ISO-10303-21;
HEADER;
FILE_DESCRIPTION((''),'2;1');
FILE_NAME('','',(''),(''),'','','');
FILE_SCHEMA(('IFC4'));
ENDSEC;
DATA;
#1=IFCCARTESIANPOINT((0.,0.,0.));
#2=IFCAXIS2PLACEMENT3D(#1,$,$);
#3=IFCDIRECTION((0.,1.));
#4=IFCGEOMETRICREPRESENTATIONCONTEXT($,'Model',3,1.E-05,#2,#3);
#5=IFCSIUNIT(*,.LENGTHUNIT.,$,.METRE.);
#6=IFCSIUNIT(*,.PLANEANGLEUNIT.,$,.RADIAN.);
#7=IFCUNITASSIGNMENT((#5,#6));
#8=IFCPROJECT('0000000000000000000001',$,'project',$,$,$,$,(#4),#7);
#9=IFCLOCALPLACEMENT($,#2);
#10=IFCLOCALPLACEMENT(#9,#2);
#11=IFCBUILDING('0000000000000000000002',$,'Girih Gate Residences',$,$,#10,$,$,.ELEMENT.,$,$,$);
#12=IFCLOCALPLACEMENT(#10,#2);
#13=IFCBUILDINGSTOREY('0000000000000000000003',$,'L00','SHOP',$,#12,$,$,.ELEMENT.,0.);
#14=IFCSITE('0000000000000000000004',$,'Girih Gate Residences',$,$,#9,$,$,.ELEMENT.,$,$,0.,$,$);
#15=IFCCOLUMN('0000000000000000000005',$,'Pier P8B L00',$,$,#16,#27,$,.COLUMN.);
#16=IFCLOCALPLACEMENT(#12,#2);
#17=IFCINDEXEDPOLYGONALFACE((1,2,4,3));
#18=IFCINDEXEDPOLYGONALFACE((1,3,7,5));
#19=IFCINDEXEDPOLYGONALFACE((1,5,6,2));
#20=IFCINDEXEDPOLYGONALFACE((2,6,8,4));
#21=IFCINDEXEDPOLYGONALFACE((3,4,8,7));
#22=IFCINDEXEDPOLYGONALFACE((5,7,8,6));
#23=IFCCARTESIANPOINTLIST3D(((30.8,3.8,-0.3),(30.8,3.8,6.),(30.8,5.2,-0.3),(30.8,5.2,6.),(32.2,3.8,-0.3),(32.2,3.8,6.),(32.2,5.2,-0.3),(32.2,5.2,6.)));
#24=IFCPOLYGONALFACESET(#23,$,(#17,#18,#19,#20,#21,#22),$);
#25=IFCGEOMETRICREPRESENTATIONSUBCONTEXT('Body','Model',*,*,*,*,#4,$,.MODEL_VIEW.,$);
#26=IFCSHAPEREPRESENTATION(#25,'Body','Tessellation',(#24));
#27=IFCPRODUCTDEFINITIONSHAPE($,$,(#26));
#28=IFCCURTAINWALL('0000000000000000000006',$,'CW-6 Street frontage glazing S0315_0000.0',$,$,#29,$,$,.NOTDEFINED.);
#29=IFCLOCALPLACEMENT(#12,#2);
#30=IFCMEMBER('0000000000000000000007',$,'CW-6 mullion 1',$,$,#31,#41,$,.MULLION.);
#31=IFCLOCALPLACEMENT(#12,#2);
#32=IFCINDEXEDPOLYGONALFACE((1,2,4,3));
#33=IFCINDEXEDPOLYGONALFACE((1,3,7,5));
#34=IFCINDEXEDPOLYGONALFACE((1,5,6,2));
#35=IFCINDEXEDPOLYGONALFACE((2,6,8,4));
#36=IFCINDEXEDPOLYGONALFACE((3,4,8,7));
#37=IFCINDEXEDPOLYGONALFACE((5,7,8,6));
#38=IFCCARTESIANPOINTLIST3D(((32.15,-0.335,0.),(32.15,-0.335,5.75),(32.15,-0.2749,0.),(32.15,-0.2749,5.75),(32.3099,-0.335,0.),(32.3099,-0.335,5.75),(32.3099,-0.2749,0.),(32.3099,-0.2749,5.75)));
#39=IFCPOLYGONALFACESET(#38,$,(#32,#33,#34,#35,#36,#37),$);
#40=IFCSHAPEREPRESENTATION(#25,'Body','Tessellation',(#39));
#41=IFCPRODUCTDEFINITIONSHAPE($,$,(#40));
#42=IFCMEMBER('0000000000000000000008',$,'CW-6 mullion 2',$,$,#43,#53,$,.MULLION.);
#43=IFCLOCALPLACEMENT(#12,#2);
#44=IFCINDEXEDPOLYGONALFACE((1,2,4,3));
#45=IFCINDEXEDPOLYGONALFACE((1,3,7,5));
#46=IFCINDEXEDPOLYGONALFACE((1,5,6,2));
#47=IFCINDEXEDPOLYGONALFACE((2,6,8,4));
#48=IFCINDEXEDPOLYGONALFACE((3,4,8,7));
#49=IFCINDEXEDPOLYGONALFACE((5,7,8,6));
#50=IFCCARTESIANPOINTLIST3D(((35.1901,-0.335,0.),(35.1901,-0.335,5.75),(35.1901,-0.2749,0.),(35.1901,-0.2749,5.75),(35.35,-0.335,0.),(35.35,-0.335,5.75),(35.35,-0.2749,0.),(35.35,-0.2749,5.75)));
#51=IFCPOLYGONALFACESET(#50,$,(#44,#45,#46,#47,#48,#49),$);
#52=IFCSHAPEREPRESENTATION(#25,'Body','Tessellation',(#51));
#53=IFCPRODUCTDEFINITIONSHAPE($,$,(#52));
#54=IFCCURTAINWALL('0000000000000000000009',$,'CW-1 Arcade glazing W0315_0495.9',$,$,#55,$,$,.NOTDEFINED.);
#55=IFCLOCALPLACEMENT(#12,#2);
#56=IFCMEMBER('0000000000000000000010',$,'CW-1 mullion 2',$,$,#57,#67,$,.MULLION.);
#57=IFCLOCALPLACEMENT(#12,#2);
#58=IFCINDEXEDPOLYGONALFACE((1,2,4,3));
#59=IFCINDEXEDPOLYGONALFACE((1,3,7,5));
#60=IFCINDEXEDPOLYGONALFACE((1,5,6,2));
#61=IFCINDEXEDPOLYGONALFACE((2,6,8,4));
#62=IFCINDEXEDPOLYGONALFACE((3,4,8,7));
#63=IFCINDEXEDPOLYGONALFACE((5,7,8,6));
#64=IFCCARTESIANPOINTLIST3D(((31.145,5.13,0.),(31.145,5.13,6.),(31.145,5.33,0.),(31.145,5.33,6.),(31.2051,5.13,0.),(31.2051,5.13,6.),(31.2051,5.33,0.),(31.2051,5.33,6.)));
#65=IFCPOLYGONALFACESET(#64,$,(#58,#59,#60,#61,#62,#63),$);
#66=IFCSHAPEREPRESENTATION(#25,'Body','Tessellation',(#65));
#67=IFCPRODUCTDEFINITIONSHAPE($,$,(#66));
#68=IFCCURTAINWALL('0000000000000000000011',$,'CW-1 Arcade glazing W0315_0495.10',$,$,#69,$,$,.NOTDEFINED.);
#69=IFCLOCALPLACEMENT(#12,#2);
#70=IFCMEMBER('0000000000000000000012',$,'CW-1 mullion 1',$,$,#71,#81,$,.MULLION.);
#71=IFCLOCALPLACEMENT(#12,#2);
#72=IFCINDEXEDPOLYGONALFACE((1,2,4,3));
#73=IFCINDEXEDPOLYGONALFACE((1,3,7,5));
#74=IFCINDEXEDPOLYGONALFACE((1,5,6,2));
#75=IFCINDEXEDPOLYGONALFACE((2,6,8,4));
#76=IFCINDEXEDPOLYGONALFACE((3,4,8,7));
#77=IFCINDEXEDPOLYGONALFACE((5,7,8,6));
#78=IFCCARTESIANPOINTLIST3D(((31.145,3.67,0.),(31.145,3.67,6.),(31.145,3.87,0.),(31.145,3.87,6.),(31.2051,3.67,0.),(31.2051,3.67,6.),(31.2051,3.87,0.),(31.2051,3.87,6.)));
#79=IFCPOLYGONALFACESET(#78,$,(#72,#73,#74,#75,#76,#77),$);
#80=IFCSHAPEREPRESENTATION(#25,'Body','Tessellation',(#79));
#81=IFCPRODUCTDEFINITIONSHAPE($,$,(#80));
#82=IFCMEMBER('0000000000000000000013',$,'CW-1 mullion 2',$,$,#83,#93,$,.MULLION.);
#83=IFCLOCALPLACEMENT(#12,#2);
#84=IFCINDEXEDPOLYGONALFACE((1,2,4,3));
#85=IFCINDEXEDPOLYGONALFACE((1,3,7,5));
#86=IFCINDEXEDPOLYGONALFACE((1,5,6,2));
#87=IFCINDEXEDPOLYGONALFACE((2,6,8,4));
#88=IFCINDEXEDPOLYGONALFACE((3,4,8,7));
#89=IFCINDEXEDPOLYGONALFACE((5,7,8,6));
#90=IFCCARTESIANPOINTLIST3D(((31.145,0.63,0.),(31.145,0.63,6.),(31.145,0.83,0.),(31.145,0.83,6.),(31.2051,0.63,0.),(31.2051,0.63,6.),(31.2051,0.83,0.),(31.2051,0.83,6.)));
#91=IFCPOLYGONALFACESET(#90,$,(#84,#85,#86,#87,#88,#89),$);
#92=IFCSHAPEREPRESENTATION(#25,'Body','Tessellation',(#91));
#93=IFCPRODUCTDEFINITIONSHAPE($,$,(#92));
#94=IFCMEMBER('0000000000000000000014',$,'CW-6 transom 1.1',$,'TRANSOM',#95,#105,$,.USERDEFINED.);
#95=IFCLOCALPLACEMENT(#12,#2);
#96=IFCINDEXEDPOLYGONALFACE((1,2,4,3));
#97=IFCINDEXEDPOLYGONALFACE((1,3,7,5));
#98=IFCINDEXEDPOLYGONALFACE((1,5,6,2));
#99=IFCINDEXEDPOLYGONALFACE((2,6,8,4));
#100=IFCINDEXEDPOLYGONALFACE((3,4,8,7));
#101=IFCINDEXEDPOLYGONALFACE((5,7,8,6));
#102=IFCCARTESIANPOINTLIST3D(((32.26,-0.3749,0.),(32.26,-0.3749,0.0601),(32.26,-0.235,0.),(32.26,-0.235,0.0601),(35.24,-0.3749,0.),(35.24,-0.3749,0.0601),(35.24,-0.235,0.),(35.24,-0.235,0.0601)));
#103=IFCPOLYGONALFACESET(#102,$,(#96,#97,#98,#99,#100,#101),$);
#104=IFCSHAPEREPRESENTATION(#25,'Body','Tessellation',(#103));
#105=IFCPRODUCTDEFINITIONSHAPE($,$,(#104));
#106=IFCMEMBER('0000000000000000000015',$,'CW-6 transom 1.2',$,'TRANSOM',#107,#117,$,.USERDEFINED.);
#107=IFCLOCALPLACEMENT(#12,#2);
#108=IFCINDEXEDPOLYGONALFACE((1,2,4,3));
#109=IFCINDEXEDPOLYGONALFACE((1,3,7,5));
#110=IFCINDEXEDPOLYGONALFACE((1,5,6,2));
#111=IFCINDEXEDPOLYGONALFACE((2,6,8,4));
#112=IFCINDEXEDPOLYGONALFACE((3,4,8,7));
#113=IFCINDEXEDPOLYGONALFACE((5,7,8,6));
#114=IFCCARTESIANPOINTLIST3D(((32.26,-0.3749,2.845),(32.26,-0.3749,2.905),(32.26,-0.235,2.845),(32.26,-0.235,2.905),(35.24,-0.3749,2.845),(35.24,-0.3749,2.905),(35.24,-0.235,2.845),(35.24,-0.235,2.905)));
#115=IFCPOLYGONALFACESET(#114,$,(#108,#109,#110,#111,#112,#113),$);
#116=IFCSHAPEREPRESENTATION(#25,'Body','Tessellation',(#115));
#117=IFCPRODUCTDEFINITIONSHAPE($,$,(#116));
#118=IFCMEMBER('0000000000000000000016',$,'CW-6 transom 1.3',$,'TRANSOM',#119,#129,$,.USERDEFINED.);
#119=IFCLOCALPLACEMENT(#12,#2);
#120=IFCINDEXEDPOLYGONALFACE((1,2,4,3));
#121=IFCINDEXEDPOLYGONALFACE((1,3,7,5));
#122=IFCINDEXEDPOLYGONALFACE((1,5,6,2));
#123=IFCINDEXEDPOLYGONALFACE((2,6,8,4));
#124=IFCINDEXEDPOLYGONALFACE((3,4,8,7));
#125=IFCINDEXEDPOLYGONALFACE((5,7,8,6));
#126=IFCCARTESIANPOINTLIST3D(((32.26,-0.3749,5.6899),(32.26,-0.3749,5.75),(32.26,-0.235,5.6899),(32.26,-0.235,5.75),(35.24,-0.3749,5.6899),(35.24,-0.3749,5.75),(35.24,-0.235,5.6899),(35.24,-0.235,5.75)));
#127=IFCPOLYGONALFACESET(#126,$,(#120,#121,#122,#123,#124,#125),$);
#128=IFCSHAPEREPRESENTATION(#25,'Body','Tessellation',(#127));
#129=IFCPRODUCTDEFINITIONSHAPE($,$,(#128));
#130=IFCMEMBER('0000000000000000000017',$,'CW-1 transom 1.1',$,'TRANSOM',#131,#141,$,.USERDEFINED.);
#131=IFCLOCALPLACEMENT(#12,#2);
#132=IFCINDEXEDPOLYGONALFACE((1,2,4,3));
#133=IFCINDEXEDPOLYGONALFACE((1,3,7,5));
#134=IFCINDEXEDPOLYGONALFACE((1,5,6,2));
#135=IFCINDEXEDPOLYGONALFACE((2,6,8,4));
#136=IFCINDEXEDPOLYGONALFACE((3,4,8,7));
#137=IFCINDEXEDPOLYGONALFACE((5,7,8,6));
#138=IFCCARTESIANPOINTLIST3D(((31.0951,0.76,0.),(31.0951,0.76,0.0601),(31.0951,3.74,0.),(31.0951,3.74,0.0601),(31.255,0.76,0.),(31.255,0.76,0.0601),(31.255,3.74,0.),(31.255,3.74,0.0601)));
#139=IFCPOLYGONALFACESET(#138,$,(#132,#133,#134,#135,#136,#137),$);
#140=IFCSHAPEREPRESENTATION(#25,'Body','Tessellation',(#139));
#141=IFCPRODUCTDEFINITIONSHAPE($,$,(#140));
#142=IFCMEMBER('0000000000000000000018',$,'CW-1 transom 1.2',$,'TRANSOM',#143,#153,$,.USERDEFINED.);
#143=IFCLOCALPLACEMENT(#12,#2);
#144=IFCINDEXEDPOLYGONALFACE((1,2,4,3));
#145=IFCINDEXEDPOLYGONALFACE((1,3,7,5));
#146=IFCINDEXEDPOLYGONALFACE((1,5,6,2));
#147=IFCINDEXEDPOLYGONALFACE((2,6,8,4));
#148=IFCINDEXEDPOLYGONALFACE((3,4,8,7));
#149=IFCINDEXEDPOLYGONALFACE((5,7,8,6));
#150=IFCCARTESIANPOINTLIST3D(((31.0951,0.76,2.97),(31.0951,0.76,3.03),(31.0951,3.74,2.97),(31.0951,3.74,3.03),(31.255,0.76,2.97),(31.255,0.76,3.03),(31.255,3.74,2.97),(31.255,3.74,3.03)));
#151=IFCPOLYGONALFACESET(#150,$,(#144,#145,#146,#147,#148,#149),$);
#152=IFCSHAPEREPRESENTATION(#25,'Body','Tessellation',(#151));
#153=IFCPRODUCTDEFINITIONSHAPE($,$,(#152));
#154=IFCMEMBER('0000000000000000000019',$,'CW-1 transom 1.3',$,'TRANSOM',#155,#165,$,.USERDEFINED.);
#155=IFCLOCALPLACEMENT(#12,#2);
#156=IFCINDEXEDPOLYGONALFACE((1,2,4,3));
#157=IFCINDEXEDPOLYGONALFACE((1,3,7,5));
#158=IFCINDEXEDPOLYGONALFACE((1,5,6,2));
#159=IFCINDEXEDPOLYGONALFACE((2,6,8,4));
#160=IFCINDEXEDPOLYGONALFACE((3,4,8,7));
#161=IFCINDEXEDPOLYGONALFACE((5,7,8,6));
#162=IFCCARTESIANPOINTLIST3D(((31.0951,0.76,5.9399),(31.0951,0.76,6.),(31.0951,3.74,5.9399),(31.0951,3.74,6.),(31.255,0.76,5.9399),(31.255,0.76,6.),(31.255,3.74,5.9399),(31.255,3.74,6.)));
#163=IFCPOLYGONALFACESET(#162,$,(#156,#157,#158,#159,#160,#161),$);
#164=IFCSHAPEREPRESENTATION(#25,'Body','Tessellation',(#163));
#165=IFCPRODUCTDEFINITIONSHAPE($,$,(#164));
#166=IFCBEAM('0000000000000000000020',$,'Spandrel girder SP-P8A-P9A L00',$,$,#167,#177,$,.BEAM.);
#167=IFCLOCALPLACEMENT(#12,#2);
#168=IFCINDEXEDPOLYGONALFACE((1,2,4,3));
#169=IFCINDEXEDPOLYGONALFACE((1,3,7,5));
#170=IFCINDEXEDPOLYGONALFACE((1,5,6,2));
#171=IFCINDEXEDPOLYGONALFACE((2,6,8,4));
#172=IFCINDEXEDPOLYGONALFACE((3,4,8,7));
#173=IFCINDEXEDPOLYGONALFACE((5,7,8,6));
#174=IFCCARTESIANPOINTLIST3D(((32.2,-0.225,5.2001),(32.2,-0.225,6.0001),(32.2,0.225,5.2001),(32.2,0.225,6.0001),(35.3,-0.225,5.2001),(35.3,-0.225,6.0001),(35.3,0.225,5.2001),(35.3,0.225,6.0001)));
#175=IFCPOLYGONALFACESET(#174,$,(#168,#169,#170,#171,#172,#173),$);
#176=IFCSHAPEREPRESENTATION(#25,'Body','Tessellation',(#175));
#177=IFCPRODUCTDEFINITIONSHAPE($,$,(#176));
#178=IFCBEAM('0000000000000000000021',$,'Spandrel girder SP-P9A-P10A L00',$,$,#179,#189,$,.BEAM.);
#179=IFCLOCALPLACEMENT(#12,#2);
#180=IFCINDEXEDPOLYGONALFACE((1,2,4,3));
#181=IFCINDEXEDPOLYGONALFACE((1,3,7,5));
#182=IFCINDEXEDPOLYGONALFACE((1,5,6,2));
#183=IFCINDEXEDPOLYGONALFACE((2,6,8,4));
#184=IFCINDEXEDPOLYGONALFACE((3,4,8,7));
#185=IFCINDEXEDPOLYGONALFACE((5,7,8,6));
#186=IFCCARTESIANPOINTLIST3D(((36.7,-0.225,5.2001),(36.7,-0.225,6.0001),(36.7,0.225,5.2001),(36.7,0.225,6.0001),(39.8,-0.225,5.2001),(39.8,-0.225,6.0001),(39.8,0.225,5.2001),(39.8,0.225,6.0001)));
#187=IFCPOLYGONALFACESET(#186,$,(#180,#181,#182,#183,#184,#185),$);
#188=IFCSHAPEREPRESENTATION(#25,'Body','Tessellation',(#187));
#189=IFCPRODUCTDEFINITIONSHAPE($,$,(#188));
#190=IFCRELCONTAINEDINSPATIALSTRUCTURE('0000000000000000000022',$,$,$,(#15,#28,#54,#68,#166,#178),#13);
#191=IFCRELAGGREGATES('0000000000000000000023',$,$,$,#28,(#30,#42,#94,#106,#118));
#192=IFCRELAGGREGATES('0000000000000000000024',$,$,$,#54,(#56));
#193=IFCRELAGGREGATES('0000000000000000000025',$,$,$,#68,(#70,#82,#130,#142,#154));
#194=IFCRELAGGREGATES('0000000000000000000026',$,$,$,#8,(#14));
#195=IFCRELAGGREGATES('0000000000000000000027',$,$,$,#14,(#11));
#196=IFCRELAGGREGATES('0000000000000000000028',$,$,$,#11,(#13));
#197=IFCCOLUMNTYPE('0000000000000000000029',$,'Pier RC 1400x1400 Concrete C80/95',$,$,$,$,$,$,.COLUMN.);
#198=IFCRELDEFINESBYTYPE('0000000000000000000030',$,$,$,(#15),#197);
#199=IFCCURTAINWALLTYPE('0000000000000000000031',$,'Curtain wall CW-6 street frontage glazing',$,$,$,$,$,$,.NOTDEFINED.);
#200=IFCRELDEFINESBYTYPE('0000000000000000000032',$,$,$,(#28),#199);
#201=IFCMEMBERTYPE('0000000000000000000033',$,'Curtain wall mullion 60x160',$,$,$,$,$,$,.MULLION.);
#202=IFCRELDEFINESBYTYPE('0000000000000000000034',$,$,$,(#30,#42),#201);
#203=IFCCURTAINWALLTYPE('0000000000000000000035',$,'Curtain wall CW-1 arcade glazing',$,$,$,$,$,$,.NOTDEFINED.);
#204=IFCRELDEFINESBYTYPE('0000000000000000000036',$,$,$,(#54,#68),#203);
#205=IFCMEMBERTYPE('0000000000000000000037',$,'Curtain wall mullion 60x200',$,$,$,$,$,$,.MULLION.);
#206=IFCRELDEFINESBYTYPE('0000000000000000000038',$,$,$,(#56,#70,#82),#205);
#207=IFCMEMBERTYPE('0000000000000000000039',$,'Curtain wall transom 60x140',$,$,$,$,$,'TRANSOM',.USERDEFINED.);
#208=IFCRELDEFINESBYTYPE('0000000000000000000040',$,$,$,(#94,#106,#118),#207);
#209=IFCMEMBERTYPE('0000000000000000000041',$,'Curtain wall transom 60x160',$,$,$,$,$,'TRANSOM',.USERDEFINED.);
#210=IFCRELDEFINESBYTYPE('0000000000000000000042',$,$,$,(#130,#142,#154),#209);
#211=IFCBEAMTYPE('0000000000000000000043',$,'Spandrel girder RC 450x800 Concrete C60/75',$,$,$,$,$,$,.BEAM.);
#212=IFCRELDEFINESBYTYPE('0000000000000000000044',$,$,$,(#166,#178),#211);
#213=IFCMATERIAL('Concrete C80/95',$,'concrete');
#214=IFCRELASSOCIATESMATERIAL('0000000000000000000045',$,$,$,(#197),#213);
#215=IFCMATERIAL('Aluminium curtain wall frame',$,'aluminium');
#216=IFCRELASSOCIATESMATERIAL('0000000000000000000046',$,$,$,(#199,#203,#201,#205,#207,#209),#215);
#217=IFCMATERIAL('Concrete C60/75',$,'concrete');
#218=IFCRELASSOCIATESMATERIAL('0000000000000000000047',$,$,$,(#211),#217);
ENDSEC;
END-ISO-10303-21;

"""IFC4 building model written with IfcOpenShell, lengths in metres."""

from ifc_helpers import new_model, si_unit, direction, frame, origin, origin_2d, place, context, subcontext, project, spatial, rectangle, extrude, material, material_profile, profile_set, type_object, element, aggregate, save


model = new_model("IFC4")

# Units and contexts
model_context = context("Model", 3, precision=1e-05, world=origin(), true_north=direction((0.0, 1.0)))
body_context = subcontext(model_context, "Body", "Model", "MODEL_VIEW")
ifc_project = project(units=[si_unit("LENGTHUNIT", "METRE"), si_unit("PLANEANGLEUNIT", "RADIAN")], contexts=[model_context])

# Site, building, storey
site_placement = place(None, origin())
site = spatial("IfcSite", under=ifc_project, at=site_placement, Name="Girih Gate Residences", CompositionType="ELEMENT", RefElevation=0.0)
building_placement = place(site_placement, origin())
building = spatial("IfcBuilding", under=site, at=building_placement, Name="Girih Gate Residences", CompositionType="ELEMENT")
storey_placement = place(building_placement, origin())
storey = spatial("IfcBuildingStorey", under=building, at=storey_placement, Name="L00", Description="SHOP", CompositionType="ELEMENT", Elevation=0.0)

# Column
ifc_material_1 = material(Name="Concrete C80/95", Category="concrete")
ifc_material_profile_1 = material_profile(ifc_material_1, rectangle(XDim=1.3999, YDim=1.3999, at=origin_2d()))
ifc_profile_set_1 = profile_set([ifc_material_profile_1], Name="Concrete C80/95")
column_type = type_object("IfcColumnType", Name="Pier RC 1400x1400 Concrete C80/95", PredefinedType="COLUMN", material=ifc_profile_set_1)
for number, where, z_axis, x_axis, name in (
    (1, (31.5, 4.5, -0.3), (0.0, 0.0, 1.0), (1.0, 0.0, 0.0), "Pier P8B L00"),
):
    element("IfcColumn", number, at=place(storey_placement, frame(where, z_axis=z_axis, x_axis=x_axis)), inside=storey, type_object=column_type, Name=name, PredefinedType="COLUMN", context=body_context, shape_type="SweptSolid", body=[
        extrude(rectangle(XDim=1.3999, YDim=1.3999, at=origin_2d()), origin(), (0.0, 0.0, 1.0), 6.3),
    ])

# Curtain wall, members
ifc_material_2 = material(Name="Aluminium curtain wall frame", Category="aluminium")
curtain_wall_type_1 = type_object("IfcCurtainWallType", Name="Curtain wall CW-6 street frontage glazing", PredefinedType="NOTDEFINED", material=ifc_material_2)
curtain_wall_1_placement = place(storey_placement, origin())
curtain_wall_1 = element("IfcCurtainWall", 2, at=curtain_wall_1_placement, inside=storey, type_object=curtain_wall_type_1, Name="CW-6 Street frontage glazing S0315_0000.0", PredefinedType="NOTDEFINED")
ifc_material_profile_2 = material_profile(ifc_material_2, rectangle(XDim=0.0601, YDim=0.1599, at=origin_2d()))
ifc_profile_set_2 = profile_set([ifc_material_profile_2], Name="Aluminium curtain wall frame")
member_type_1 = type_object("IfcMemberType", Name="Curtain wall mullion 60x160", PredefinedType="MULLION", material=ifc_profile_set_2)
member_1_placement = place(storey_placement, frame((32.23, -0.3049, 0.0), z_axis=(0.0, 0.0, 1.0), x_axis=(0.0, 1.0, 0.0)))
member_1 = element("IfcMember", 3, at=member_1_placement, type_object=member_type_1, Name="CW-6 mullion 1", PredefinedType="MULLION", context=body_context, shape_type="SweptSolid", body=[
    extrude(rectangle(XDim=0.0601, YDim=0.1599, at=origin_2d()), origin(), (0.0, 0.0, 1.0), 5.75),
])
member_2_placement = place(storey_placement, frame((35.27, -0.3049, 0.0), z_axis=(0.0, 0.0, 1.0), x_axis=(0.0, 1.0, 0.0)))
member_2 = element("IfcMember", 4, at=member_2_placement, type_object=member_type_1, Name="CW-6 mullion 2", PredefinedType="MULLION", context=body_context, shape_type="SweptSolid", body=[
    extrude(rectangle(XDim=0.0601, YDim=0.1599, at=origin_2d()), origin(), (0.0, 0.0, 1.0), 5.75),
])

# Curtain wall, member
curtain_wall_type_2 = type_object("IfcCurtainWallType", Name="Curtain wall CW-1 arcade glazing", PredefinedType="NOTDEFINED", material=ifc_material_2)
curtain_wall_2_placement = place(storey_placement, origin())
curtain_wall_2 = element("IfcCurtainWall", 5, at=curtain_wall_2_placement, inside=storey, type_object=curtain_wall_type_2, Name="CW-1 Arcade glazing W0315_0495.9", PredefinedType="NOTDEFINED")
ifc_material_profile_3 = material_profile(ifc_material_2, rectangle(XDim=0.0601, YDim=0.2, at=origin_2d()))
ifc_profile_set_3 = profile_set([ifc_material_profile_3], Name="Aluminium curtain wall frame")
member_type_2 = type_object("IfcMemberType", Name="Curtain wall mullion 60x200", PredefinedType="MULLION", material=ifc_profile_set_3)
member_3_placement = place(storey_placement, frame((31.175, 5.23, 0.0), z_axis=(0.0, 0.0, 1.0), x_axis=(1.0, 0.0, 0.0)))
member_3 = element("IfcMember", 6, at=member_3_placement, type_object=member_type_2, Name="CW-1 mullion 2", PredefinedType="MULLION", context=body_context, shape_type="SweptSolid", body=[
    extrude(rectangle(XDim=0.0601, YDim=0.2, at=origin_2d()), origin(), (0.0, 0.0, 1.0), 6.0),
])

# Curtain wall, members
curtain_wall_3_placement = place(storey_placement, origin())
curtain_wall_3 = element("IfcCurtainWall", 7, at=curtain_wall_3_placement, inside=storey, type_object=curtain_wall_type_2, Name="CW-1 Arcade glazing W0315_0495.10", PredefinedType="NOTDEFINED")
member_4_placement = place(storey_placement, frame((31.175, 3.77, 0.0), z_axis=(0.0, 0.0, 1.0), x_axis=(1.0, 0.0, 0.0)))
member_4 = element("IfcMember", 8, at=member_4_placement, type_object=member_type_2, Name="CW-1 mullion 1", PredefinedType="MULLION", context=body_context, shape_type="SweptSolid", body=[
    extrude(rectangle(XDim=0.0601, YDim=0.2, at=origin_2d()), origin(), (0.0, 0.0, 1.0), 6.0),
])
member_5_placement = place(storey_placement, frame((31.175, 0.73, 0.0), z_axis=(0.0, 0.0, 1.0), x_axis=(1.0, 0.0, 0.0)))
member_5 = element("IfcMember", 9, at=member_5_placement, type_object=member_type_2, Name="CW-1 mullion 2", PredefinedType="MULLION", context=body_context, shape_type="SweptSolid", body=[
    extrude(rectangle(XDim=0.0601, YDim=0.2, at=origin_2d()), origin(), (0.0, 0.0, 1.0), 6.0),
])

# Members
ifc_material_profile_4 = material_profile(ifc_material_2, rectangle(XDim=0.1399, YDim=0.0601, at=origin_2d()))
ifc_profile_set_4 = profile_set([ifc_material_profile_4], Name="Aluminium curtain wall frame")
member_type_3 = type_object("IfcMemberType", Name="Curtain wall transom 60x140", ElementType="TRANSOM", PredefinedType="USERDEFINED", material=ifc_profile_set_4)
member_6_placement = place(storey_placement, frame((32.26, -0.3049, 0.03), z_axis=(1.0, 0.0, 0.0), x_axis=(0.0, 1.0, 0.0)))
member_6 = element("IfcMember", 10, at=member_6_placement, type_object=member_type_3, Name="CW-6 transom 1.1", ObjectType="TRANSOM", PredefinedType="USERDEFINED", context=body_context, shape_type="SweptSolid", body=[
    extrude(rectangle(XDim=0.1399, YDim=0.0601, at=origin_2d()), origin(), (0.0, 0.0, 1.0), 2.98),
])
member_7_placement = place(storey_placement, frame((32.26, -0.3049, 2.875), z_axis=(1.0, 0.0, 0.0), x_axis=(0.0, 1.0, 0.0)))
member_7 = element("IfcMember", 11, at=member_7_placement, type_object=member_type_3, Name="CW-6 transom 1.2", ObjectType="TRANSOM", PredefinedType="USERDEFINED", context=body_context, shape_type="SweptSolid", body=[
    extrude(rectangle(XDim=0.1399, YDim=0.0601, at=origin_2d()), origin(), (0.0, 0.0, 1.0), 2.98),
])
member_8_placement = place(storey_placement, frame((32.26, -0.3049, 5.72), z_axis=(1.0, 0.0, 0.0), x_axis=(0.0, 1.0, 0.0)))
member_8 = element("IfcMember", 12, at=member_8_placement, type_object=member_type_3, Name="CW-6 transom 1.3", ObjectType="TRANSOM", PredefinedType="USERDEFINED", context=body_context, shape_type="SweptSolid", body=[
    extrude(rectangle(XDim=0.1399, YDim=0.0601, at=origin_2d()), origin(), (0.0, 0.0, 1.0), 2.98),
])
ifc_material_profile_5 = material_profile(ifc_material_2, rectangle(XDim=0.1599, YDim=0.0601, at=origin_2d()))
ifc_profile_set_5 = profile_set([ifc_material_profile_5], Name="Aluminium curtain wall frame")
member_type_4 = type_object("IfcMemberType", Name="Curtain wall transom 60x160", ElementType="TRANSOM", PredefinedType="USERDEFINED", material=ifc_profile_set_5)
member_9_placement = place(storey_placement, frame((31.175, 3.74, 0.03), z_axis=(0.0, -1.0, 0.0), x_axis=(1.0, 0.0, 0.0)))
member_9 = element("IfcMember", 13, at=member_9_placement, type_object=member_type_4, Name="CW-1 transom 1.1", ObjectType="TRANSOM", PredefinedType="USERDEFINED", context=body_context, shape_type="SweptSolid", body=[
    extrude(rectangle(XDim=0.1599, YDim=0.0601, at=origin_2d()), origin(), (0.0, 0.0, 1.0), 2.98),
])
member_10_placement = place(storey_placement, frame((31.175, 3.74, 3.0), z_axis=(0.0, -1.0, 0.0), x_axis=(1.0, 0.0, 0.0)))
member_10 = element("IfcMember", 14, at=member_10_placement, type_object=member_type_4, Name="CW-1 transom 1.2", ObjectType="TRANSOM", PredefinedType="USERDEFINED", context=body_context, shape_type="SweptSolid", body=[
    extrude(rectangle(XDim=0.1599, YDim=0.0601, at=origin_2d()), origin(), (0.0, 0.0, 1.0), 2.98),
])
member_11_placement = place(storey_placement, frame((31.175, 3.74, 5.97), z_axis=(0.0, -1.0, 0.0), x_axis=(1.0, 0.0, 0.0)))
member_11 = element("IfcMember", 15, at=member_11_placement, type_object=member_type_4, Name="CW-1 transom 1.3", ObjectType="TRANSOM", PredefinedType="USERDEFINED", context=body_context, shape_type="SweptSolid", body=[
    extrude(rectangle(XDim=0.1599, YDim=0.0601, at=origin_2d()), origin(), (0.0, 0.0, 1.0), 2.98),
])

# Beams
ifc_material_3 = material(Name="Concrete C60/75", Category="concrete")
ifc_material_profile_6 = material_profile(ifc_material_3, rectangle(XDim=0.45, YDim=0.8, at=origin_2d()))
ifc_profile_set_6 = profile_set([ifc_material_profile_6], Name="Concrete C60/75")
beam_type = type_object("IfcBeamType", Name="Spandrel girder RC 450x800 Concrete C60/75", PredefinedType="BEAM", material=ifc_profile_set_6)
for number, where, z_axis, x_axis, name in (
    (16, (32.2, 0.0, 5.6001), (1.0, 0.0, 0.0), (0.0, 1.0, 0.0), "Spandrel girder SP-P8A-P9A L00"),
    (17, (36.7, 0.0, 5.6001), (1.0, 0.0, 0.0), (0.0, 1.0, 0.0), "Spandrel girder SP-P9A-P10A L00"),
):
    element("IfcBeam", number, at=place(storey_placement, frame(where, z_axis=z_axis, x_axis=x_axis)), inside=storey, type_object=beam_type, Name=name, PredefinedType="BEAM", context=body_context, shape_type="SweptSolid", body=[
        extrude(rectangle(XDim=0.45, YDim=0.8, at=origin_2d()), origin(), (0.0, 0.0, 1.0), 3.1001),
    ])

aggregate(curtain_wall_1, [member_1, member_2, member_6, member_7, member_8])
aggregate(curtain_wall_2, [member_3])
aggregate(curtain_wall_3, [member_4, member_5, member_9, member_10, member_11])

save(model, "model.ifc")
